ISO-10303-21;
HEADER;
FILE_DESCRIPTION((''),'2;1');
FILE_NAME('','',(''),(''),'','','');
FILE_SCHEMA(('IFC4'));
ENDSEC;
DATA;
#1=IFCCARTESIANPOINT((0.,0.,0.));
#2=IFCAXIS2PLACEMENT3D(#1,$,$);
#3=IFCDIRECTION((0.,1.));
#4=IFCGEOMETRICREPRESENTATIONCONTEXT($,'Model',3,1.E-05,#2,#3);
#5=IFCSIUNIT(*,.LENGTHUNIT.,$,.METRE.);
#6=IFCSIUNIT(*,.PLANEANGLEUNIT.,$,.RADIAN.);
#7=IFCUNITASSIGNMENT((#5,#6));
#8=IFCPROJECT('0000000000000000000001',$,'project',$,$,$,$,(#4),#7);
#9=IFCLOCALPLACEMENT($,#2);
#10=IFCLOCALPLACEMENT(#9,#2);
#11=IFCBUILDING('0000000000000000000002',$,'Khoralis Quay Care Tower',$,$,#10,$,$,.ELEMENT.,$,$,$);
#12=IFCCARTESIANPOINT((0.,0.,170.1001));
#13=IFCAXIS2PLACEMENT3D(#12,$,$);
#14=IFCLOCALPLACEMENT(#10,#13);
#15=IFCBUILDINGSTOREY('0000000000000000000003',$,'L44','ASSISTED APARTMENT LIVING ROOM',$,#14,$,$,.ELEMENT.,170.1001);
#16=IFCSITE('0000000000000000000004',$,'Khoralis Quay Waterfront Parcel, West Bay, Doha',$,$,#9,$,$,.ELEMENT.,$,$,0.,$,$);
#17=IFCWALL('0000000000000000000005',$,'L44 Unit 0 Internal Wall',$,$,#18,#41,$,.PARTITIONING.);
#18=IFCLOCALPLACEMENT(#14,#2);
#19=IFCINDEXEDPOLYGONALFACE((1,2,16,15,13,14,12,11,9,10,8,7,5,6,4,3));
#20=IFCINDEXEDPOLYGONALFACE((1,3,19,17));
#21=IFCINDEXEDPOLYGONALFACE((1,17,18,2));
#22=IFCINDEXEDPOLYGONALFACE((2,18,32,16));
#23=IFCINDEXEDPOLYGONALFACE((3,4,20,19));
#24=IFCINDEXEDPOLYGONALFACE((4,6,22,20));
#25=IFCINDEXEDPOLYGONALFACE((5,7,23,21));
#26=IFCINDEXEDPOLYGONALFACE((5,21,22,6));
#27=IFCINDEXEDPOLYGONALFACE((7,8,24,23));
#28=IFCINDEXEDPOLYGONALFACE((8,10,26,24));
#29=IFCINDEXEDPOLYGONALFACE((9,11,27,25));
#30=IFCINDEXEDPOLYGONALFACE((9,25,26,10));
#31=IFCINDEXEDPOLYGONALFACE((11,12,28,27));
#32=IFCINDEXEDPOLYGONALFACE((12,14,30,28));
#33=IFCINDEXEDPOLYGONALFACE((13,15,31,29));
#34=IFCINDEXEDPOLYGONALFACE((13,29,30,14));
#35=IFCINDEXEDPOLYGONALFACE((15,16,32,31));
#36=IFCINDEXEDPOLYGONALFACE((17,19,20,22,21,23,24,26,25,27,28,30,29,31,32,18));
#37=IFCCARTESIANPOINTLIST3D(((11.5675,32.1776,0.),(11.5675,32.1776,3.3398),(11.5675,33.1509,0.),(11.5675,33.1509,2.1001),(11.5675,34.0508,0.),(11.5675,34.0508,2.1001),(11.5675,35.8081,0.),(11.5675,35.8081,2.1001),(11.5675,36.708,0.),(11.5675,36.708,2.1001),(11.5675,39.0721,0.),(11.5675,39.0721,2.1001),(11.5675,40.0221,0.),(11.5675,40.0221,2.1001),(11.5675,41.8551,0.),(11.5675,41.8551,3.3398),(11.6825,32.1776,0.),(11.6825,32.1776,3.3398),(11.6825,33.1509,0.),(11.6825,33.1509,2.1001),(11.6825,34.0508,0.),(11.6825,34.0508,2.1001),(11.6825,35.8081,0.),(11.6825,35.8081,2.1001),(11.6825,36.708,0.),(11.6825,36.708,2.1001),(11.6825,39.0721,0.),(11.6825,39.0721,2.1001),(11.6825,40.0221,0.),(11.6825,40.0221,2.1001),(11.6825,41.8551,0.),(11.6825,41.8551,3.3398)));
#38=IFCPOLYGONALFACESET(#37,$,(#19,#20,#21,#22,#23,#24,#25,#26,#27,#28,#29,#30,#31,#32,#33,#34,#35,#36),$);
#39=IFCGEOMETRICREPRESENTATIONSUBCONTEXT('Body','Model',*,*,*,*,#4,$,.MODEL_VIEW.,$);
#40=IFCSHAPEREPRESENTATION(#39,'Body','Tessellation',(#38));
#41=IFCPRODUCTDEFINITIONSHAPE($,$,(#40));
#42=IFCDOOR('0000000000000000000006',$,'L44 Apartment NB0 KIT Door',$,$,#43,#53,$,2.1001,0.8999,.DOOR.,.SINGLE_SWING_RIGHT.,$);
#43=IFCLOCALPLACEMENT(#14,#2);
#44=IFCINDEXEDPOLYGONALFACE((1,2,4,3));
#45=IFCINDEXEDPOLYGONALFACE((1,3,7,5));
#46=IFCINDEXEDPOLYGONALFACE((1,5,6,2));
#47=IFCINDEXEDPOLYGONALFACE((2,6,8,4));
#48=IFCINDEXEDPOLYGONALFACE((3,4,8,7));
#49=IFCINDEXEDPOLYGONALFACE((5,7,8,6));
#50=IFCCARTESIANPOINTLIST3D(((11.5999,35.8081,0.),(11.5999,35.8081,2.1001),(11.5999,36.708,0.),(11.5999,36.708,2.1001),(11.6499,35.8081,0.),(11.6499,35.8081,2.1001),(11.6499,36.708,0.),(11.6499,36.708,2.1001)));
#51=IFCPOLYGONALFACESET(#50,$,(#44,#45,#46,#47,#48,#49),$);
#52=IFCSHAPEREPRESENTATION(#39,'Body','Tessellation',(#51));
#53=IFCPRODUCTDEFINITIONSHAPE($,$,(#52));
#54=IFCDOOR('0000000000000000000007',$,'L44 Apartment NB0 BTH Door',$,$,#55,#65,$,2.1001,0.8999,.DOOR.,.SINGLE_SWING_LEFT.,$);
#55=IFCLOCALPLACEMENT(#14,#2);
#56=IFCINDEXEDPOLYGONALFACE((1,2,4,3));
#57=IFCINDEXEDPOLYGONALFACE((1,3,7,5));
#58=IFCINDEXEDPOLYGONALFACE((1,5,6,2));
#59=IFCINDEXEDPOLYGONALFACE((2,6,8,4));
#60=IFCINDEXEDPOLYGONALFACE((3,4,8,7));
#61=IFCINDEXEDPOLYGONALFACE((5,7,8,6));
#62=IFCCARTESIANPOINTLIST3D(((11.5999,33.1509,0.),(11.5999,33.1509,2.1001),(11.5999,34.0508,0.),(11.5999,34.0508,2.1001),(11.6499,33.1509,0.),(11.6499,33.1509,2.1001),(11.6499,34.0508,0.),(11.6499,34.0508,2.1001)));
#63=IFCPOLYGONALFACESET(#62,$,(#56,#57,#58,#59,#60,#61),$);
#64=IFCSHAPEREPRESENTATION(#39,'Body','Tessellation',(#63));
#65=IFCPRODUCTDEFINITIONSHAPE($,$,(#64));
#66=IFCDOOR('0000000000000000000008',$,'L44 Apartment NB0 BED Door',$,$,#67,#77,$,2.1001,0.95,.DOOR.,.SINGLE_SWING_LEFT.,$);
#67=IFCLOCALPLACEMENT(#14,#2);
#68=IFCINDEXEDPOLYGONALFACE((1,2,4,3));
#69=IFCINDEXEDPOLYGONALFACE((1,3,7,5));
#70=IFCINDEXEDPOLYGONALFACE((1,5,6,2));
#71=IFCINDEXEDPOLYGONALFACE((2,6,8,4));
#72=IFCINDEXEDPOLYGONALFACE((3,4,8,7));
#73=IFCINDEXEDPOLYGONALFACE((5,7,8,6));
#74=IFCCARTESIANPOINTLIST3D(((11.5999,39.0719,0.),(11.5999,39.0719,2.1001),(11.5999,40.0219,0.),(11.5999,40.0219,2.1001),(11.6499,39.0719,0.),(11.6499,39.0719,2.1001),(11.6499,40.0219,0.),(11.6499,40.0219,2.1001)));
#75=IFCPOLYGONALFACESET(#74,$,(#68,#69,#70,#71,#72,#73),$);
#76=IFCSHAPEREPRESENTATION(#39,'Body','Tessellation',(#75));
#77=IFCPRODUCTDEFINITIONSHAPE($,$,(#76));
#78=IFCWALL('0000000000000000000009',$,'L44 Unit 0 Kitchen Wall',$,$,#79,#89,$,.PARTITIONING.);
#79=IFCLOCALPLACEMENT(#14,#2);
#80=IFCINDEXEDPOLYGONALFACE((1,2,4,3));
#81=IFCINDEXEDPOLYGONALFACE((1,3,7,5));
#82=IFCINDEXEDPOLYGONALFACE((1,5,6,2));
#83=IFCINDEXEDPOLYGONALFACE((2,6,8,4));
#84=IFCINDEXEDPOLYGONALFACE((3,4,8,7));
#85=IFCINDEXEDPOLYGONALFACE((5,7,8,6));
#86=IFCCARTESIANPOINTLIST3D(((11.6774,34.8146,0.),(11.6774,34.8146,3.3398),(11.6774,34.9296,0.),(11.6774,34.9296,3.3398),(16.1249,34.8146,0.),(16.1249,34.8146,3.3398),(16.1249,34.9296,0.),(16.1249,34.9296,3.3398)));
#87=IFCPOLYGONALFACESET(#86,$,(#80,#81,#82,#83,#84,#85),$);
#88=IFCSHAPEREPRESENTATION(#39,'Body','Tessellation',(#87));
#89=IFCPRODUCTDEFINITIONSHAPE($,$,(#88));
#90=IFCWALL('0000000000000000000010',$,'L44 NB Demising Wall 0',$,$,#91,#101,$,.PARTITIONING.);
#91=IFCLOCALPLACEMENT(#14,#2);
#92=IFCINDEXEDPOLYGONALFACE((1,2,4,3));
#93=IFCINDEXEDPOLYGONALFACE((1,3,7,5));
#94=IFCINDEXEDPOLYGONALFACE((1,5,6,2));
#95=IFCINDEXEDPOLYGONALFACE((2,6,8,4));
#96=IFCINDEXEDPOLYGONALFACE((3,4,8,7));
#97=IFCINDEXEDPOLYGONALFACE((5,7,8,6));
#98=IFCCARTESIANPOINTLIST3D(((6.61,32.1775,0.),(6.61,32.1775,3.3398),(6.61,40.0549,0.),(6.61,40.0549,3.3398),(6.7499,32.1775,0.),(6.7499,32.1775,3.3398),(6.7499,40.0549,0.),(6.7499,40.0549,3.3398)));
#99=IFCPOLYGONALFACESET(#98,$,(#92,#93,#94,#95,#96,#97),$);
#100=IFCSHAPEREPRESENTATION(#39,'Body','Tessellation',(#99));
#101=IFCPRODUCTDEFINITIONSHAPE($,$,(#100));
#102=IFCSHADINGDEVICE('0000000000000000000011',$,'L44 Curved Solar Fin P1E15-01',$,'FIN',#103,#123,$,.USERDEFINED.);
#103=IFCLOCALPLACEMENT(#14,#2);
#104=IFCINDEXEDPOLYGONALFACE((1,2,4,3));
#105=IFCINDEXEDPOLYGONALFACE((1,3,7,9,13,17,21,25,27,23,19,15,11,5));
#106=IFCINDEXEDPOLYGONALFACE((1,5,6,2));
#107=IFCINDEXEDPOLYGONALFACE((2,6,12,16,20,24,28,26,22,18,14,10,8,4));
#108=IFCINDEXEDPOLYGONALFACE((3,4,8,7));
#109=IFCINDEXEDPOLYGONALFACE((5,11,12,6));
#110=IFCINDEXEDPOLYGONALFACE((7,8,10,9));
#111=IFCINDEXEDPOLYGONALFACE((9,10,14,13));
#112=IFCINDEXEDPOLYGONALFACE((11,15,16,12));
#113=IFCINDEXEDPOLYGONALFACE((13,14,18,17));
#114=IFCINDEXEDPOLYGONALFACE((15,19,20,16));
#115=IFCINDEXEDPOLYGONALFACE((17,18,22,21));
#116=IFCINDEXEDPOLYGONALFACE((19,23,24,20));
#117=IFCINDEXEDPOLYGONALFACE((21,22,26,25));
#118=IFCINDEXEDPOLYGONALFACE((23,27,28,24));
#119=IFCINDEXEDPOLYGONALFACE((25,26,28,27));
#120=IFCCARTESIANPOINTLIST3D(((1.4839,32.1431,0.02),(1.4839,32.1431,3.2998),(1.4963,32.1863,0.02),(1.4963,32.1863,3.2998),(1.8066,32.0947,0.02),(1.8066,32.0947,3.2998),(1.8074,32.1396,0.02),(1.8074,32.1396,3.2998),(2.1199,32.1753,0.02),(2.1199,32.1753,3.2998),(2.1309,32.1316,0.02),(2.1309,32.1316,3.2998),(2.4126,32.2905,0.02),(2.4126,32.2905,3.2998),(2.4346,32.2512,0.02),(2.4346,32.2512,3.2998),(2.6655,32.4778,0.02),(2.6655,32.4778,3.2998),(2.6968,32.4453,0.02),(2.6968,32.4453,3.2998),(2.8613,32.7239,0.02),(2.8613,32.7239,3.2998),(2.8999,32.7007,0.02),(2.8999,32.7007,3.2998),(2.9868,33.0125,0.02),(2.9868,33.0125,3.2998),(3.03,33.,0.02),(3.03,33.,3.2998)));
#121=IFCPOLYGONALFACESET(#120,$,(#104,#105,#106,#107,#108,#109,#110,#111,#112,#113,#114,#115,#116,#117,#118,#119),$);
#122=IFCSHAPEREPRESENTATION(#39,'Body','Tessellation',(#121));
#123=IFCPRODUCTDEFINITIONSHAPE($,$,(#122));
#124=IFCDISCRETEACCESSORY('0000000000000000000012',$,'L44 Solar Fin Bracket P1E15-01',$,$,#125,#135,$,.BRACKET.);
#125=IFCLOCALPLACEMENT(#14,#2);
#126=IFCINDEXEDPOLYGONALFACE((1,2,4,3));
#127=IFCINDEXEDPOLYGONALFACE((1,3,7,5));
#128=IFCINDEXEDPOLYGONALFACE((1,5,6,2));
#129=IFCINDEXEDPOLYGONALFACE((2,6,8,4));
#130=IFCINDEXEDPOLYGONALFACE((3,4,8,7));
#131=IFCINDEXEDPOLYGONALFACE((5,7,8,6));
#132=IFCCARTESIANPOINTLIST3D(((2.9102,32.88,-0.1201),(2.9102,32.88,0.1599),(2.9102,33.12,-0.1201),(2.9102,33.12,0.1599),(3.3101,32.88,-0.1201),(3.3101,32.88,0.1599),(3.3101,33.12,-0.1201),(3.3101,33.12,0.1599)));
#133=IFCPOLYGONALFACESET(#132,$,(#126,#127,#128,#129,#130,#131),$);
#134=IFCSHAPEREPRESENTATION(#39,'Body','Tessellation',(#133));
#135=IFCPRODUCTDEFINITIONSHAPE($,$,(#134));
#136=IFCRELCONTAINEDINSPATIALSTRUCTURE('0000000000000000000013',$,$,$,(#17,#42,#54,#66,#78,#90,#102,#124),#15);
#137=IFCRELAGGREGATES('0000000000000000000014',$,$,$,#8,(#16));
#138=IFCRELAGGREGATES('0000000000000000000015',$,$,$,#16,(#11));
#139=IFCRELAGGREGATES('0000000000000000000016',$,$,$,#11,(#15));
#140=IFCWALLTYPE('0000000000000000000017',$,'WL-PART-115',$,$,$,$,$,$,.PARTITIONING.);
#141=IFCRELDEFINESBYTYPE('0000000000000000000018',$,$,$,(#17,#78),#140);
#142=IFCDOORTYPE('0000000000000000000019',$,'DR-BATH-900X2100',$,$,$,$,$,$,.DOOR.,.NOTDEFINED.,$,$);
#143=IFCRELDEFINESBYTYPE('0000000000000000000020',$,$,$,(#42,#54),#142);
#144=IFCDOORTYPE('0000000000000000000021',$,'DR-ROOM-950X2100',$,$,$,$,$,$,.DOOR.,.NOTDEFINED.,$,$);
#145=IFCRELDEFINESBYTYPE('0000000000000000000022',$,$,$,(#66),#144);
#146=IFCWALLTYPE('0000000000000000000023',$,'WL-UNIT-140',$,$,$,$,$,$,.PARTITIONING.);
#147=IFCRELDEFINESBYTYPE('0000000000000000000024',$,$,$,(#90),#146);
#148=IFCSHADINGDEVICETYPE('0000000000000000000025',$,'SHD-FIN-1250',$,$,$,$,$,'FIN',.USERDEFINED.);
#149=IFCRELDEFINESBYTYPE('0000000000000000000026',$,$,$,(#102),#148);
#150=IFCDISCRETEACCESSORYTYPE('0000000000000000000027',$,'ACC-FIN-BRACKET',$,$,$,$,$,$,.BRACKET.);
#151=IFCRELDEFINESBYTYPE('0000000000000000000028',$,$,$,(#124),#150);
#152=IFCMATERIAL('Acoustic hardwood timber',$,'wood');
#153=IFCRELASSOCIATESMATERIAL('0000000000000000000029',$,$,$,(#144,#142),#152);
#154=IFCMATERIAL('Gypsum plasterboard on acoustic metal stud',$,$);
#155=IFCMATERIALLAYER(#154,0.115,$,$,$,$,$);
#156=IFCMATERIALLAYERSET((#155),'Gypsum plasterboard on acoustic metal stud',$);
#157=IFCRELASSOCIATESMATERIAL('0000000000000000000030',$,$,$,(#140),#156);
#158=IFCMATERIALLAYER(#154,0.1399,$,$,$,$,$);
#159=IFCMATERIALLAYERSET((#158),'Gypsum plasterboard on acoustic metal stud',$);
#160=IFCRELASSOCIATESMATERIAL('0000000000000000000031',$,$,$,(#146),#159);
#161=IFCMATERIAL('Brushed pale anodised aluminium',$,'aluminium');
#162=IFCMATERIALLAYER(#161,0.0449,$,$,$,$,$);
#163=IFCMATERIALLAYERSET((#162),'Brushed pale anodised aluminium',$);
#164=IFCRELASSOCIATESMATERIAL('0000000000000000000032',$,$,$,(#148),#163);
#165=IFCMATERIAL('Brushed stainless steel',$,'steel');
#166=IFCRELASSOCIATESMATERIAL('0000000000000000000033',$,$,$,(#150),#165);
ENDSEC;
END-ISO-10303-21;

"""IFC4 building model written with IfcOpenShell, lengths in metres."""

from ifc_helpers import new_model, si_unit, direction, frame, frame_2d, origin, origin_2d, place, context, subcontext, project, spatial, polyline, rectangle, outline, extrude, source, transform, mapped, material, layer, layer_set, type_object, element, fill, save


model = new_model("IFC4")

# Units and contexts
model_context = context("Model", 3, precision=1e-05, world=origin(), true_north=direction((0.0, 1.0)))
body_context = subcontext(model_context, "Body", "Model", "MODEL_VIEW")
ifc_project = project(units=[si_unit("LENGTHUNIT", "METRE"), si_unit("PLANEANGLEUNIT", "RADIAN")], contexts=[model_context])

# Site, building, storey
site_placement = place(None, origin())
site = spatial("IfcSite", under=ifc_project, at=site_placement, Name="Khoralis Quay Waterfront Parcel, West Bay, Doha", CompositionType="ELEMENT", RefElevation=0.0)
building_placement = place(site_placement, origin())
building = spatial("IfcBuilding", under=site, at=building_placement, Name="Khoralis Quay Care Tower", CompositionType="ELEMENT")
storey_placement = place(building_placement, frame((0.0, 0.0, 170.1001)))
storey = spatial("IfcBuildingStorey", under=building, at=storey_placement, Name="L44", Description="ASSISTED APARTMENT LIVING ROOM", CompositionType="ELEMENT", Elevation=170.1001)

# Shared definitions
ifc_material_1 = material(Name="Gypsum plasterboard on acoustic metal stud")

# Wall, openings, doors
ifc_material_2 = material(Name="Acoustic hardwood timber", Category="wood")
door_type_1 = type_object("IfcDoorType", Name="DR-ROOM-950X2100", OperationType="NOTDEFINED", PredefinedType="DOOR", material=ifc_material_2)
shared_shape_1 = source(origin(), body_context, "Body", "SweptSolid", [
    extrude(rectangle(XDim=0.95, YDim=2.1001, at=frame_2d((0.4751, 1.05))), frame((0.0, 0.0249, 0.0), z_axis=(0.0, -1.0, 0.0), x_axis=(1.0, 0.0, 0.0)), (0.0, 0.0, 1.0), 0.05),
])
ifc_layer_1 = layer(ifc_material_1, 0.115)
ifc_layer_set_1 = layer_set([ifc_layer_1], Name="Gypsum plasterboard on acoustic metal stud")
wall_type_1 = type_object("IfcWallType", Name="WL-PART-115", PredefinedType="PARTITIONING", material=ifc_layer_set_1)
wall_1_placement = place(storey_placement, frame((11.625, 32.1775, 0.0), z_axis=(0.0, 0.0, 1.0), x_axis=(0.0, 1.0, 0.0)))
wall_1 = element("IfcWall", 1, at=wall_1_placement, inside=storey, type_object=wall_type_1, Name="L44 Unit 0 Internal Wall", PredefinedType="PARTITIONING", context=body_context, shape_type="SweptSolid", body=[
    extrude(rectangle(XDim=9.6775, YDim=0.115, at=frame_2d((4.8389, 0.0))), origin(), (0.0, 0.0, 1.0), 3.3398),
])
opening_1_placement = place(wall_1_placement, frame((6.8945, 0.0, 0.0)))
opening_1 = element("IfcOpeningElement", 2, at=opening_1_placement, cuts=wall_1, PredefinedType="OPENING", context=body_context, shape_type="SweptSolid", body=[
    extrude(rectangle(XDim=0.95, YDim=2.1001, at=frame_2d((0.4751, 1.05))), frame((0.0, 0.0674, 0.0), z_axis=(0.0, -1.0, 0.0), x_axis=(1.0, 0.0, 0.0)), (0.0, 0.0, 1.0), 0.135),
])
opening_2_placement = place(wall_1_placement, frame((3.6306, 0.0, 0.0)))
opening_2 = element("IfcOpeningElement", 3, at=opening_2_placement, cuts=wall_1, PredefinedType="OPENING", context=body_context, shape_type="SweptSolid", body=[
    extrude(rectangle(XDim=0.8999, YDim=2.1001, at=frame_2d((0.45, 1.05))), frame((0.0, 0.0674, 0.0), z_axis=(0.0, -1.0, 0.0), x_axis=(1.0, 0.0, 0.0)), (0.0, 0.0, 1.0), 0.135),
])
opening_3_placement = place(wall_1_placement, frame((0.9734, 0.0, 0.0)))
opening_3 = element("IfcOpeningElement", 4, at=opening_3_placement, cuts=wall_1, PredefinedType="OPENING", context=body_context, shape_type="SweptSolid", body=[
    extrude(rectangle(XDim=0.8999, YDim=2.1001, at=frame_2d((0.45, 1.05))), frame((0.0, 0.0674, 0.0), z_axis=(0.0, -1.0, 0.0), x_axis=(1.0, 0.0, 0.0)), (0.0, 0.0, 1.0), 0.135),
])
door_type_2 = type_object("IfcDoorType", Name="DR-BATH-900X2100", OperationType="NOTDEFINED", PredefinedType="DOOR", material=ifc_material_2)
shared_shape_2 = source(origin(), body_context, "Body", "SweptSolid", [
    extrude(rectangle(XDim=0.8999, YDim=2.1001, at=frame_2d((0.45, 1.05))), frame((0.0, 0.0249, 0.0), z_axis=(0.0, -1.0, 0.0), x_axis=(1.0, 0.0, 0.0)), (0.0, 0.0, 1.0), 0.05),
])
door_1_placement = place(opening_2_placement, frame((0.8999, 0.0, 0.0), z_axis=(0.0, 0.0, 1.0), x_axis=(-1.0, 0.0, 0.0)))
door_1 = element("IfcDoor", 5, at=door_1_placement, inside=storey, type_object=door_type_2, Name="L44 Apartment NB0 KIT Door", OperationType="SINGLE_SWING_RIGHT", OverallHeight=2.1001, OverallWidth=0.8999, PredefinedType="DOOR", context=body_context, shape_type="MappedRepresentation", body=[
    mapped(shared_shape_2, transform((0.0, 0.0, 0.0), scale=1.0)),
])
fill(opening_2, door_1)
door_2_placement = place(opening_3_placement, frame((0.8999, 0.0, 0.0), z_axis=(0.0, 0.0, 1.0), x_axis=(-1.0, 0.0, 0.0)))
door_2 = element("IfcDoor", 6, at=door_2_placement, inside=storey, type_object=door_type_2, Name="L44 Apartment NB0 BTH Door", OperationType="SINGLE_SWING_LEFT", OverallHeight=2.1001, OverallWidth=0.8999, PredefinedType="DOOR", context=body_context, shape_type="MappedRepresentation", body=[
    mapped(shared_shape_2, transform((0.0, 0.0, 0.0), scale=1.0)),
])
fill(opening_3, door_2)
door_3_placement = place(opening_1_placement, frame((0.95, 0.0, 0.0), z_axis=(0.0, 0.0, 1.0), x_axis=(-1.0, 0.0, 0.0)))
door_3 = element("IfcDoor", 7, at=door_3_placement, inside=storey, type_object=door_type_1, Name="L44 Apartment NB0 BED Door", OperationType="SINGLE_SWING_LEFT", OverallHeight=2.1001, OverallWidth=0.95, PredefinedType="DOOR", context=body_context, shape_type="MappedRepresentation", body=[
    mapped(shared_shape_1, transform((0.0, 0.0, 0.0), scale=1.0)),
])
fill(opening_1, door_3)

# Walls
wall_2_placement = place(storey_placement, frame((11.6775, 34.8721, 0.0), z_axis=(0.0, 0.0, 1.0), x_axis=(1.0, 0.0, 0.0)))
element("IfcWall", 8, at=wall_2_placement, inside=storey, type_object=wall_type_1, Name="L44 Unit 0 Kitchen Wall", PredefinedType="PARTITIONING", context=body_context, shape_type="SweptSolid", body=[
    extrude(rectangle(XDim=4.4475, YDim=0.115, at=frame_2d((2.2236, 0.0))), origin(), (0.0, 0.0, 1.0), 3.3398),
])
ifc_layer_2 = layer(ifc_material_1, 0.1399)
ifc_layer_set_2 = layer_set([ifc_layer_2], Name="Gypsum plasterboard on acoustic metal stud")
wall_type_2 = type_object("IfcWallType", Name="WL-UNIT-140", PredefinedType="PARTITIONING", material=ifc_layer_set_2)
wall_3_placement = place(storey_placement, frame((6.6799, 32.1775, 0.0), z_axis=(0.0, 0.0, 1.0), x_axis=(0.0, 1.0, 0.0)))
element("IfcWall", 9, at=wall_3_placement, inside=storey, type_object=wall_type_2, Name="L44 NB Demising Wall 0", PredefinedType="PARTITIONING", context=body_context, shape_type="SweptSolid", body=[
    extrude(rectangle(XDim=7.8774, YDim=0.1399, at=frame_2d((3.9387, 0.0))), origin(), (0.0, 0.0, 1.0), 3.3398),
])

# Shading device
ifc_material_3 = material(Name="Brushed pale anodised aluminium", Category="aluminium")
ifc_layer_3 = layer(ifc_material_3, 0.0449)
ifc_layer_set_3 = layer_set([ifc_layer_3], Name="Brushed pale anodised aluminium")
shading_device_type = type_object("IfcShadingDeviceType", Name="SHD-FIN-1250", ElementType="FIN", PredefinedType="USERDEFINED", material=ifc_layer_set_3)
shared_shape_3 = source(origin(), body_context, "Body", "SweptSolid", [
    extrude(outline(polyline([(0.0, 0.0), (0.1301, 0.2993), (0.3333, 0.5547), (0.5955, 0.7488), (0.8992, 0.8684), (1.2234, 0.9053), (1.5461, 0.8569), (1.5337, 0.8137), (1.2227, 0.8604), (0.9102, 0.8247), (0.6174, 0.7095), (0.3645, 0.5222), (0.1687, 0.2761), (0.0432, -0.0125), (0.0, 0.0)])), origin(), (0.0, 0.0, 1.0), 3.2798),
])
shading_device_placement = place(storey_placement, frame((3.03, 33.0, 0.02), z_axis=(0.0, 0.0, 1.0), x_axis=(-1.0, 0.0, 0.0)))
element("IfcShadingDevice", 10, at=shading_device_placement, inside=storey, type_object=shading_device_type, Name="L44 Curved Solar Fin P1E15-01", ObjectType="FIN", PredefinedType="USERDEFINED", context=body_context, shape_type="MappedRepresentation", body=[
    mapped(shared_shape_3, transform((0.0, 0.0, 0.0), scale=1.0)),
])

# Discrete accessory
ifc_material_4 = material(Name="Brushed stainless steel", Category="steel")
discrete_accessory_type = type_object("IfcDiscreteAccessoryType", Name="ACC-FIN-BRACKET", PredefinedType="BRACKET", material=ifc_material_4)
shared_shape_4 = source(origin(), body_context, "Body", "SweptSolid", [
    extrude(rectangle(XDim=0.3999, YDim=0.24, at=origin_2d()), origin(), (0.0, 0.0, 1.0), 0.28),
])
discrete_accessory_placement = place(storey_placement, frame((3.1101, 33.0, -0.1201), z_axis=(0.0, 0.0, 1.0), x_axis=(-1.0, 0.0, 0.0)))
element("IfcDiscreteAccessory", 11, at=discrete_accessory_placement, inside=storey, type_object=discrete_accessory_type, Name="L44 Solar Fin Bracket P1E15-01", PredefinedType="BRACKET", context=body_context, shape_type="MappedRepresentation", body=[
    mapped(shared_shape_4, transform((0.0, 0.0, 0.0), scale=1.0)),
])

save(model, "model.ifc")
